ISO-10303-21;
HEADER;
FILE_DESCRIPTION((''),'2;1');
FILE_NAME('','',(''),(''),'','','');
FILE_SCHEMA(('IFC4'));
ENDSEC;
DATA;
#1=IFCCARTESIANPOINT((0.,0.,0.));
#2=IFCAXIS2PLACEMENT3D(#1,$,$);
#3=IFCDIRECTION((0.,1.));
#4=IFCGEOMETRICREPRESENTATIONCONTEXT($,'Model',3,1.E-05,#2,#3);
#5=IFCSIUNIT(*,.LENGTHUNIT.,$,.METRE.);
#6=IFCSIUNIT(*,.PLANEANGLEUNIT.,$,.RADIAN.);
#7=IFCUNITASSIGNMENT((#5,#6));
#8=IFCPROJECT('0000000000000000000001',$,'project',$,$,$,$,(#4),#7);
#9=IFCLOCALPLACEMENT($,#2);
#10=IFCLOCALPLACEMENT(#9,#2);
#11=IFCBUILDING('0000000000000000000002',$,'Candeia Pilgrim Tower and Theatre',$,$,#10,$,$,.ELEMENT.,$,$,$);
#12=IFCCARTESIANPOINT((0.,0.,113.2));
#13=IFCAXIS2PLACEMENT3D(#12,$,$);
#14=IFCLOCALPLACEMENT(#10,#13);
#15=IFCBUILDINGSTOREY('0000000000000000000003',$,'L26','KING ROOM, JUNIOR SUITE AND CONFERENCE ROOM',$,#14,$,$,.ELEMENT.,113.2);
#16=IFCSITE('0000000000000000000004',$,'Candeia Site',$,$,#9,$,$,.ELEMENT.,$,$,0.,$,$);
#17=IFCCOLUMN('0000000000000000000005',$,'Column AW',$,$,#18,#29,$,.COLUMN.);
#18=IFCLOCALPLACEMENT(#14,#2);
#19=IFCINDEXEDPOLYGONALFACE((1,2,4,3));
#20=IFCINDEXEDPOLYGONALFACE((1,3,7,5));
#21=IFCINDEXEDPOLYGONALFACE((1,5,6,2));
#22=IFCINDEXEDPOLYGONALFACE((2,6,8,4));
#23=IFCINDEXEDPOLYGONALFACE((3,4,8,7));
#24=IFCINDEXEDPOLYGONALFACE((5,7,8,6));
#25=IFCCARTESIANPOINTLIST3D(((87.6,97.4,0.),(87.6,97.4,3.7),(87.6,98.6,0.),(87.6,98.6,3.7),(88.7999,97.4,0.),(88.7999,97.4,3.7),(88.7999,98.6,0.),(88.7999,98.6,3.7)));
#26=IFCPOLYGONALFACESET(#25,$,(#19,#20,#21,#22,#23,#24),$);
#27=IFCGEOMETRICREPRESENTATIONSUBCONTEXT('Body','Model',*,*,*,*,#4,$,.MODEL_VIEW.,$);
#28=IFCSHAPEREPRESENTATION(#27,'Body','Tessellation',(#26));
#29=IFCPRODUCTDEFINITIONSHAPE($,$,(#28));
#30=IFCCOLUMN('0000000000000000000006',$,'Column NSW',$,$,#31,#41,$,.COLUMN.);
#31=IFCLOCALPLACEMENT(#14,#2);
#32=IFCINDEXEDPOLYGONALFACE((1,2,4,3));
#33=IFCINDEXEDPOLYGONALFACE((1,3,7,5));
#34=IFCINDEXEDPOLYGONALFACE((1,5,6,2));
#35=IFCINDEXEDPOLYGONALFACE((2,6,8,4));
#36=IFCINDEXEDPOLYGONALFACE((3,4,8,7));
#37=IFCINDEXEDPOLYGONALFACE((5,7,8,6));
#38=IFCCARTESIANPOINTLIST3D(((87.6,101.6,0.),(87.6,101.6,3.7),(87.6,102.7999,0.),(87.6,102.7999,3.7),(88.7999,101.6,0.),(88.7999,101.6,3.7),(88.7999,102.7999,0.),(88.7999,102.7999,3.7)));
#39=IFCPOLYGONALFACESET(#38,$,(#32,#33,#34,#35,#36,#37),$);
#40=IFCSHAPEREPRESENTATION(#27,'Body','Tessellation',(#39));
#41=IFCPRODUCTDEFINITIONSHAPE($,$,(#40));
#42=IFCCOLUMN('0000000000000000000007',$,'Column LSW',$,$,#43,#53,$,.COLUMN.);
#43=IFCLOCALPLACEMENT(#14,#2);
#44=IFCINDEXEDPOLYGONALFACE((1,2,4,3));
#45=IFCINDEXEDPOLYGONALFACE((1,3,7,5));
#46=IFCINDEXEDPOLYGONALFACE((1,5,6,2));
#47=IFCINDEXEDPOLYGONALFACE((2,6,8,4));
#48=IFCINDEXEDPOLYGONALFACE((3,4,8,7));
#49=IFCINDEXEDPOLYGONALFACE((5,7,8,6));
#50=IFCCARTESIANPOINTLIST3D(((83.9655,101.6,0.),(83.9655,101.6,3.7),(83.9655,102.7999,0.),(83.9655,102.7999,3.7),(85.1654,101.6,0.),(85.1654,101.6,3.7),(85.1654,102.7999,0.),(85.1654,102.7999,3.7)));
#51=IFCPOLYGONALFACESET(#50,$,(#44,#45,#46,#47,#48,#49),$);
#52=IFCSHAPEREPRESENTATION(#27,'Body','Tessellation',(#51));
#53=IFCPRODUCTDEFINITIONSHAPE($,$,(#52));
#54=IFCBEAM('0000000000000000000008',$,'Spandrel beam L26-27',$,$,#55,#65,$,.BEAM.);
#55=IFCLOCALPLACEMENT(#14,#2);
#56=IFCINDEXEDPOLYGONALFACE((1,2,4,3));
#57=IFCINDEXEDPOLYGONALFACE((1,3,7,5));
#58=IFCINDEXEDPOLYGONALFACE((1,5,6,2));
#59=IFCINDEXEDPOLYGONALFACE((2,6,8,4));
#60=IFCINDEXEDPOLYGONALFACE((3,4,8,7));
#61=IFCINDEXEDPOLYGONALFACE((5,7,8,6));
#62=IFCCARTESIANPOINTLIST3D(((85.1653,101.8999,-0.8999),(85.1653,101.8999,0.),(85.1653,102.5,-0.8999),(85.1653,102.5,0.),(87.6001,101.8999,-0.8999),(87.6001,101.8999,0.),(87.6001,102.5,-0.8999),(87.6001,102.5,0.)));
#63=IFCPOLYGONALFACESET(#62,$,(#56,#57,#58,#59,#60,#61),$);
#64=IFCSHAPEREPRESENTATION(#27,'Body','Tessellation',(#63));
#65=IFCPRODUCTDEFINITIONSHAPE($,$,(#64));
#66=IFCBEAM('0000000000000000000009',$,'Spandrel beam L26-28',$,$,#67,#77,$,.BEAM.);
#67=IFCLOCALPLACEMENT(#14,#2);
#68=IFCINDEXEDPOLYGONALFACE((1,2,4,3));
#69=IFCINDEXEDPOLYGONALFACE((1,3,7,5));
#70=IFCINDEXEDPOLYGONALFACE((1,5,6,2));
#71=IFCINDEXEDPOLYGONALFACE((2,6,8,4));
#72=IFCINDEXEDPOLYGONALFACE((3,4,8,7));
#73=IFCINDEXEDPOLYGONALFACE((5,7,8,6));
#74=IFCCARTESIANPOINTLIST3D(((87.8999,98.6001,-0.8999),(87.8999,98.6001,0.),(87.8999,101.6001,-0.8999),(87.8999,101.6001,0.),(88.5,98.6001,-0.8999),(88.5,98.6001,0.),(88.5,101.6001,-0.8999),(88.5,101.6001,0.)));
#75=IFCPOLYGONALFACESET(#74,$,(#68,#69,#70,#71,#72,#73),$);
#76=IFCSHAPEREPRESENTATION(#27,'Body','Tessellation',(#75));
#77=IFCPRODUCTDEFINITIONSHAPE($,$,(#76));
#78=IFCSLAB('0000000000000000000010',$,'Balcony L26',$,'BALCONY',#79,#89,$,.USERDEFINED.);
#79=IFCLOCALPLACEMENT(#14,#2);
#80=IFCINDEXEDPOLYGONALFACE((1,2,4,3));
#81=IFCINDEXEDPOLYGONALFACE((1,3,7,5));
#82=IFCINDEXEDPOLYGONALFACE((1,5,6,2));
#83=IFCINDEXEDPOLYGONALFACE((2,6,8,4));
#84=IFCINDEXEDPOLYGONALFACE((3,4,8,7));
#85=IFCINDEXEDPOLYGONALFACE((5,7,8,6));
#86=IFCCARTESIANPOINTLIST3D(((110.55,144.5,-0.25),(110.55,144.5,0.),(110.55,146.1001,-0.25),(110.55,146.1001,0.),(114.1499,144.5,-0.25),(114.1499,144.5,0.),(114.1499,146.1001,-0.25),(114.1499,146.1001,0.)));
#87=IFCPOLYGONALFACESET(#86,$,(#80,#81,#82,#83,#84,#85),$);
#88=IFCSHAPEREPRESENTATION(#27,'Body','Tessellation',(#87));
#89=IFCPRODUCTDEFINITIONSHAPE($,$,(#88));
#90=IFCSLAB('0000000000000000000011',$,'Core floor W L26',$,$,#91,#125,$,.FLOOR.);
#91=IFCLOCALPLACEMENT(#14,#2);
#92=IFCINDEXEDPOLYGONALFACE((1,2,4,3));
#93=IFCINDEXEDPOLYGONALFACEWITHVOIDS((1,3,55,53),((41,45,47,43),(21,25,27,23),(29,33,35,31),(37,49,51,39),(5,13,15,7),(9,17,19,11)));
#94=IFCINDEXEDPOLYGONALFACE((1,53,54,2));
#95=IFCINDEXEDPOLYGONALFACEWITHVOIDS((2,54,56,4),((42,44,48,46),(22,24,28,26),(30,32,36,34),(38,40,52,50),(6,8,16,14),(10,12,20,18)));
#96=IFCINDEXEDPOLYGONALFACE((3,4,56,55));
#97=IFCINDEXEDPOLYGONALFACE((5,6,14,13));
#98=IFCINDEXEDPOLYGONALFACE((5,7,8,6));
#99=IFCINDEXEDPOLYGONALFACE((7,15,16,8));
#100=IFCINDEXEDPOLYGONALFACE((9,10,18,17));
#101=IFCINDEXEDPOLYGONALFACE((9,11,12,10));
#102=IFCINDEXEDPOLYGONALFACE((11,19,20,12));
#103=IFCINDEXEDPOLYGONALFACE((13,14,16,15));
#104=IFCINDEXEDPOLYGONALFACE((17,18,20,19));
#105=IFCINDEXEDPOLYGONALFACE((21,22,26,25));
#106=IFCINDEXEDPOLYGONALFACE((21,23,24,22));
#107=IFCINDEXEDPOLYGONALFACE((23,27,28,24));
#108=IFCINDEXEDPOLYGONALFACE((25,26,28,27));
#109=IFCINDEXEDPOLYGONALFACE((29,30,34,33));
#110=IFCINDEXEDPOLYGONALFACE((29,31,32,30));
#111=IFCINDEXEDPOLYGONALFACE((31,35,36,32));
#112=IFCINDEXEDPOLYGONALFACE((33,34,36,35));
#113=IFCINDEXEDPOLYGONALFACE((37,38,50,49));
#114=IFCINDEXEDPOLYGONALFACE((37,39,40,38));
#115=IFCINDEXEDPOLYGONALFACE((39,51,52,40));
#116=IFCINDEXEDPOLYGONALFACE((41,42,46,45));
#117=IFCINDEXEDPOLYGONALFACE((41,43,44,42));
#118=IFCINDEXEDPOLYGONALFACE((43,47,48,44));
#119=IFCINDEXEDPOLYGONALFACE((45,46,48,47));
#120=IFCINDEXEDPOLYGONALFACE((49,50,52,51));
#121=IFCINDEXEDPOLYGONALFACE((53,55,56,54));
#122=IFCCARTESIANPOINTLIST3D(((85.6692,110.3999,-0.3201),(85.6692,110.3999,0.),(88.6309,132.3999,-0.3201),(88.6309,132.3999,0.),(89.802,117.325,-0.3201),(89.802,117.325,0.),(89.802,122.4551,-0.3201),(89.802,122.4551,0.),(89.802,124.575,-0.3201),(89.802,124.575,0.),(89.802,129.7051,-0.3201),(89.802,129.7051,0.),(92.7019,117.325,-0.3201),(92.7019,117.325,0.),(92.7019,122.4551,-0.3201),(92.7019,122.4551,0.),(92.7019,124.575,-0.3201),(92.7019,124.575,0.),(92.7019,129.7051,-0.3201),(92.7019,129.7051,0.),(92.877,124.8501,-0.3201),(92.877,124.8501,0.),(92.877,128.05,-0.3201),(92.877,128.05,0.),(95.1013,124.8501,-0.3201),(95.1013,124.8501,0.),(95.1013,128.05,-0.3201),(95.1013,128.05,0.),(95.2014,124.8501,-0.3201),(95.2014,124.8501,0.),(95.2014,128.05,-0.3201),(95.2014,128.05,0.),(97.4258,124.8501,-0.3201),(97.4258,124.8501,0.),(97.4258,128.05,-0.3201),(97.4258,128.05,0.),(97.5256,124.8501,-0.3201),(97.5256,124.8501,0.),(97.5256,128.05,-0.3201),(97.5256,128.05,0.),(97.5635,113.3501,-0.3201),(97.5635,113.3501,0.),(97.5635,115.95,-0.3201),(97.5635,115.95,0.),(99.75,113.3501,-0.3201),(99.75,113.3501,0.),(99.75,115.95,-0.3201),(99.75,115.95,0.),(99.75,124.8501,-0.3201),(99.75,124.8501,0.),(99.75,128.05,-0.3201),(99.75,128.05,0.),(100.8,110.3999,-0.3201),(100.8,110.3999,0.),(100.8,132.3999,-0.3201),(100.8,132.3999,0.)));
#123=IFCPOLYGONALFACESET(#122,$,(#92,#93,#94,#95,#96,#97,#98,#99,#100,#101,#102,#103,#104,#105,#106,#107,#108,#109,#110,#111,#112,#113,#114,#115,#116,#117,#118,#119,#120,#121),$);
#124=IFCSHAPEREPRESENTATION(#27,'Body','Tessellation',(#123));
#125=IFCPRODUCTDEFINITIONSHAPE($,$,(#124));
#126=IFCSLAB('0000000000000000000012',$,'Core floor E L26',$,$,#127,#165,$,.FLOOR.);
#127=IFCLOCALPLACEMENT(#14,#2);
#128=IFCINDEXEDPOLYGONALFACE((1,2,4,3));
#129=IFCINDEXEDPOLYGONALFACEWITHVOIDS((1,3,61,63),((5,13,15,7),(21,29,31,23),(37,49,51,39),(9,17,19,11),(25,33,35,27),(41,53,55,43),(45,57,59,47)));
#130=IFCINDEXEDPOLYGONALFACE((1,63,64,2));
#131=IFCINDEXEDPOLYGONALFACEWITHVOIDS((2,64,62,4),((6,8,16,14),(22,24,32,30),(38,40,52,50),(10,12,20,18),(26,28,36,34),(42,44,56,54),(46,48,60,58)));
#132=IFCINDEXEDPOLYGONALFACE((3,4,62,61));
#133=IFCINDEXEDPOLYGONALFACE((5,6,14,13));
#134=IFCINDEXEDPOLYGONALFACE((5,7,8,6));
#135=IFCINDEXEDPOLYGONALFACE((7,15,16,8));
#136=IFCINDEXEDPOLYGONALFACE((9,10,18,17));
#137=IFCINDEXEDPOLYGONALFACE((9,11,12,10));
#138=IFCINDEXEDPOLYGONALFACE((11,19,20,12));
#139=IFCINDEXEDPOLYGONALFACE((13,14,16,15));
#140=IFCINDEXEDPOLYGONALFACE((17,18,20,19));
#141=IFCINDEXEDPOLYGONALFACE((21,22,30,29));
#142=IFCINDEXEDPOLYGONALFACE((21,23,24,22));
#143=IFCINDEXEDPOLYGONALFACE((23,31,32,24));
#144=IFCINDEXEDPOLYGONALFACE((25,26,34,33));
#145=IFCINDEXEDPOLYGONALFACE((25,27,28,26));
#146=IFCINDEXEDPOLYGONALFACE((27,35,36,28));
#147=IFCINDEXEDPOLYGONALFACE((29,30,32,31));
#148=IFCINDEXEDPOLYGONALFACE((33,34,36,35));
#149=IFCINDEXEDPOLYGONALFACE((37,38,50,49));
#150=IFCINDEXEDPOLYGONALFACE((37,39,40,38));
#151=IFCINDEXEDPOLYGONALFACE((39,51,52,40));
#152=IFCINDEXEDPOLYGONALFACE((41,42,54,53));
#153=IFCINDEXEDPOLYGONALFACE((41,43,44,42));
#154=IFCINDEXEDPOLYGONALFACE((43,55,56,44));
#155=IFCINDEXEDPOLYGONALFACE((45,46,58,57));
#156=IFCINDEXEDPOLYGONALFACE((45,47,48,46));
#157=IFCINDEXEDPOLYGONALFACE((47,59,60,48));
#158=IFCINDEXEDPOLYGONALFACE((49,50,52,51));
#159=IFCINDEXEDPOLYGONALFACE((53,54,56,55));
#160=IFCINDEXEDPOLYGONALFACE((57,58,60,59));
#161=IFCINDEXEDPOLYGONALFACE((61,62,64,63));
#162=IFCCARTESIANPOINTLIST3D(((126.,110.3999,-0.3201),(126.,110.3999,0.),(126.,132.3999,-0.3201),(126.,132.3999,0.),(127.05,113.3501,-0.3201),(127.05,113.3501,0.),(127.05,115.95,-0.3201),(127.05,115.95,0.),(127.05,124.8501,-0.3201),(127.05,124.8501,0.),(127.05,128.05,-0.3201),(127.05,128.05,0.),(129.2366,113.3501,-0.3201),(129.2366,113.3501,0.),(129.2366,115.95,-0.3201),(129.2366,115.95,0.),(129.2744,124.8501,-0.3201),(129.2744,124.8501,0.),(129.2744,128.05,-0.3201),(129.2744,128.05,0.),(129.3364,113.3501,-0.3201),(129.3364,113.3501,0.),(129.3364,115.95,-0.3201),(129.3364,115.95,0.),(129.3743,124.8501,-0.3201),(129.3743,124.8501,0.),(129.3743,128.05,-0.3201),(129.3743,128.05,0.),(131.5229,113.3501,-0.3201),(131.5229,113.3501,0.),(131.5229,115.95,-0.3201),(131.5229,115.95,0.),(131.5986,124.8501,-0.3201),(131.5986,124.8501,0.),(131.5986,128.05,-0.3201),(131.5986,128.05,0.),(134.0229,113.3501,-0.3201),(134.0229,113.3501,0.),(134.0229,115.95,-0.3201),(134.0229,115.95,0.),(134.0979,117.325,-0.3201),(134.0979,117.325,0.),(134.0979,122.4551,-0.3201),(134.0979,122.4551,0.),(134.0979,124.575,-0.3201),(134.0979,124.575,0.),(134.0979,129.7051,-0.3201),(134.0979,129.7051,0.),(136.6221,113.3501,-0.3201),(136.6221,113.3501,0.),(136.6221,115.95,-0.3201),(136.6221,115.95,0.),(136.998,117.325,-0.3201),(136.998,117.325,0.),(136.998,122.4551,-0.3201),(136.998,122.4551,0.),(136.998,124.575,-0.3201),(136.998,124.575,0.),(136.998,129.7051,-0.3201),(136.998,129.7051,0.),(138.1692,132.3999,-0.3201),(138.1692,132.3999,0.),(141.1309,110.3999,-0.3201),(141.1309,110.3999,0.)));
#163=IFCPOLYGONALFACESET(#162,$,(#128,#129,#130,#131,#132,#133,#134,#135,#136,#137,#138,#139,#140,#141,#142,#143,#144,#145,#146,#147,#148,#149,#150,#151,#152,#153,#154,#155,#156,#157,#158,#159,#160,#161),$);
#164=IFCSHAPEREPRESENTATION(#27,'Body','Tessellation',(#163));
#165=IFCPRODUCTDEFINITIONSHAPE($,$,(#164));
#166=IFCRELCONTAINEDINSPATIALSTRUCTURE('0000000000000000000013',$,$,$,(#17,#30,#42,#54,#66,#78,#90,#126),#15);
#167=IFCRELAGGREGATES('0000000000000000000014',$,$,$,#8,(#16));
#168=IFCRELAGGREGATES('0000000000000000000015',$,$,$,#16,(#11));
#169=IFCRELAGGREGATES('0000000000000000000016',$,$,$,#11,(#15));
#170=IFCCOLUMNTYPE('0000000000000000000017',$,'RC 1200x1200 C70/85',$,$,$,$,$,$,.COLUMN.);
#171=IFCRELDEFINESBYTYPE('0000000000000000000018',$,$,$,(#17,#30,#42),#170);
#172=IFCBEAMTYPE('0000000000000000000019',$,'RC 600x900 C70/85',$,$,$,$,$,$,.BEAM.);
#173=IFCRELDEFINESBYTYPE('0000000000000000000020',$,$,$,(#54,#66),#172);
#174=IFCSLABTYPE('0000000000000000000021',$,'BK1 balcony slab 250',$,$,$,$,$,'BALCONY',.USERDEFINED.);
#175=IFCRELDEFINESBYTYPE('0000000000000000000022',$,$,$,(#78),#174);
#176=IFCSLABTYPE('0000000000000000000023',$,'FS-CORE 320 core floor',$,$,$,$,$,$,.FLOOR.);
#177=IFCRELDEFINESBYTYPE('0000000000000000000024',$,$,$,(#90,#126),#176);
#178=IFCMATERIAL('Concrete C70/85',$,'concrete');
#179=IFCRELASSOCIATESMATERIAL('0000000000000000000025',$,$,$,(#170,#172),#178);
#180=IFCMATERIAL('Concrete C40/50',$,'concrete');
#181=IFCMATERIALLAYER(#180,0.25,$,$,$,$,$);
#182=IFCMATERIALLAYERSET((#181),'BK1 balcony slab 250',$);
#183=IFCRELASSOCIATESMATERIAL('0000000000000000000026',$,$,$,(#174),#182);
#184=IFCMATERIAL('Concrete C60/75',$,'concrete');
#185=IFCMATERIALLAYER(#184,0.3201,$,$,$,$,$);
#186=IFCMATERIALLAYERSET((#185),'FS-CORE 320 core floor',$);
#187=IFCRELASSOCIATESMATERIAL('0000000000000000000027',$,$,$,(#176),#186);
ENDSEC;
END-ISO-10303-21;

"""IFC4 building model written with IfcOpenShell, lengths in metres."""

from ifc_helpers import new_model, si_unit, direction, frame, origin, origin_2d, place, context, subcontext, project, spatial, polyline, rectangle, outline, extrude, material, layer, layer_set, material_profile, profile_set, type_object, element, save


model = new_model("IFC4")

# Units and contexts
model_context = context("Model", 3, precision=1e-05, world=origin(), true_north=direction((0.0, 1.0)))
body_context = subcontext(model_context, "Body", "Model", "MODEL_VIEW")
ifc_project = project(units=[si_unit("LENGTHUNIT", "METRE"), si_unit("PLANEANGLEUNIT", "RADIAN")], contexts=[model_context])

# Site, building, storey
site_placement = place(None, origin())
site = spatial("IfcSite", under=ifc_project, at=site_placement, Name="Candeia Site", CompositionType="ELEMENT", RefElevation=0.0)
building_placement = place(site_placement, origin())
building = spatial("IfcBuilding", under=site, at=building_placement, Name="Candeia Pilgrim Tower and Theatre", CompositionType="ELEMENT")
storey_placement = place(building_placement, frame((0.0, 0.0, 113.2)))
storey = spatial("IfcBuildingStorey", under=building, at=storey_placement, Name="L26", Description="KING ROOM, JUNIOR SUITE AND CONFERENCE ROOM", CompositionType="ELEMENT", Elevation=113.2)

# Columns
ifc_material_1 = material(Name="Concrete C70/85", Category="concrete")
ifc_material_profile_1 = material_profile(ifc_material_1, rectangle(XDim=1.2, YDim=1.2, at=origin_2d()))
ifc_profile_set_1 = profile_set([ifc_material_profile_1], Name="Concrete C70/85")
column_type = type_object("IfcColumnType", Name="RC 1200x1200 C70/85", PredefinedType="COLUMN", material=ifc_profile_set_1)
for number, where, z_axis, x_axis, name in (
    (1, (88.2, 98.0, 0.0), (0.0, 0.0, 1.0), (1.0, 0.0, 0.0), "Column AW"),
    (2, (88.2, 102.2, 0.0), (0.0, 0.0, 1.0), (1.0, 0.0, 0.0), "Column NSW"),
    (3, (84.5654, 102.2, 0.0), (0.0, 0.0, 1.0), (1.0, 0.0, 0.0), "Column LSW"),
):
    element("IfcColumn", number, at=place(storey_placement, frame(where, z_axis=z_axis, x_axis=x_axis)), inside=storey, type_object=column_type, Name=name, PredefinedType="COLUMN", context=body_context, shape_type="SweptSolid", body=[
        extrude(rectangle(XDim=1.2, YDim=1.2, at=origin_2d()), origin(), (0.0, 0.0, 1.0), 3.7),
    ])

# Beams
ifc_material_profile_2 = material_profile(ifc_material_1, rectangle(XDim=0.6001, YDim=0.8999, at=origin_2d()))
ifc_profile_set_2 = profile_set([ifc_material_profile_2], Name="Concrete C70/85")
beam_type = type_object("IfcBeamType", Name="RC 600x900 C70/85", PredefinedType="BEAM", material=ifc_profile_set_2)
beam_1_placement = place(storey_placement, frame((85.1653, 102.2, -0.45), z_axis=(1.0, 0.0, 0.0), x_axis=(0.0, 1.0, 0.0)))
element("IfcBeam", 4, at=beam_1_placement, inside=storey, type_object=beam_type, Name="Spandrel beam L26-27", PredefinedType="BEAM", context=body_context, shape_type="SweptSolid", body=[
    extrude(rectangle(XDim=0.6001, YDim=0.8999, at=origin_2d()), origin(), (0.0, 0.0, 1.0), 2.4348),
])
beam_2_placement = place(storey_placement, frame((88.2, 101.6001, -0.45), z_axis=(0.0, -1.0, 0.0), x_axis=(1.0, 0.0, 0.0)))
element("IfcBeam", 5, at=beam_2_placement, inside=storey, type_object=beam_type, Name="Spandrel beam L26-28", PredefinedType="BEAM", context=body_context, shape_type="SweptSolid", body=[
    extrude(rectangle(XDim=0.6001, YDim=0.8999, at=origin_2d()), origin(), (0.0, 0.0, 1.0), 3.0),
])

# Slabs
ifc_material_2 = material(Name="Concrete C40/50", Category="concrete")
ifc_layer_1 = layer(ifc_material_2, 0.25)
ifc_layer_set_1 = layer_set([ifc_layer_1], Name="BK1 balcony slab 250")
slab_type_1 = type_object("IfcSlabType", Name="BK1 balcony slab 250", ElementType="BALCONY", PredefinedType="USERDEFINED", material=ifc_layer_set_1)
slab_1_placement = place(storey_placement, frame((0.0, 0.0, -0.25)))
element("IfcSlab", 6, at=slab_1_placement, inside=storey, type_object=slab_type_1, Name="Balcony L26", ObjectType="BALCONY", PredefinedType="USERDEFINED", context=body_context, shape_type="SweptSolid", body=[
    extrude(outline(polyline([(110.55, 144.5), (114.1499, 144.5), (114.1499, 146.1001), (110.55, 146.1001), (110.55, 144.5)])), origin(), (0.0, 0.0, 1.0), 0.25),
])
ifc_material_3 = material(Name="Concrete C60/75", Category="concrete")
ifc_layer_2 = layer(ifc_material_3, 0.3201)
ifc_layer_set_2 = layer_set([ifc_layer_2], Name="FS-CORE 320 core floor")
slab_type_2 = type_object("IfcSlabType", Name="FS-CORE 320 core floor", PredefinedType="FLOOR", material=ifc_layer_set_2)
slab_2_placement = place(storey_placement, frame((0.0, 0.0, -0.3201)))
element("IfcSlab", 7, at=slab_2_placement, inside=storey, type_object=slab_type_2, Name="Core floor W L26", PredefinedType="FLOOR", context=body_context, shape_type="SweptSolid", body=[
    extrude(outline(polyline([(100.8, 132.3999), (100.8, 110.3999), (85.6692, 110.3999), (88.6309, 132.3999), (100.8, 132.3999)]), holes=[polyline([(97.5256, 128.05), (97.5256, 124.8501), (99.75, 124.8501), (99.75, 128.05), (97.5256, 128.05)]), polyline([(97.5635, 113.3501), (99.75, 113.3501), (99.75, 115.95), (97.5635, 115.95), (97.5635, 113.3501)]), polyline([(95.2014, 124.8501), (97.4258, 124.8501), (97.4258, 128.05), (95.2014, 128.05), (95.2014, 124.8501)]), polyline([(92.877, 128.05), (92.877, 124.8501), (95.1013, 124.8501), (95.1013, 128.05), (92.877, 128.05)]), polyline([(89.802, 122.4551), (89.802, 117.325), (92.7019, 117.325), (92.7019, 122.4551), (89.802, 122.4551)]), polyline([(89.802, 129.7051), (89.802, 124.575), (92.7019, 124.575), (92.7019, 129.7051), (89.802, 129.7051)])]), origin(), (0.0, 0.0, 1.0), 0.3201),
])
slab_3_placement = place(storey_placement, frame((0.0, 0.0, -0.3201)))
element("IfcSlab", 8, at=slab_3_placement, inside=storey, type_object=slab_type_2, Name="Core floor E L26", PredefinedType="FLOOR", context=body_context, shape_type="SweptSolid", body=[
    extrude(outline(polyline([(138.1692, 132.3999), (141.1309, 110.3999), (126.0, 110.3999), (126.0, 132.3999), (138.1692, 132.3999)]), holes=[polyline([(134.0979, 122.4551), (134.0979, 117.325), (136.998, 117.325), (136.998, 122.4551), (134.0979, 122.4551)]), polyline([(134.0979, 129.7051), (134.0979, 124.575), (136.998, 124.575), (136.998, 129.7051), (134.0979, 129.7051)]), polyline([(136.6221, 115.95), (134.0229, 115.95), (134.0229, 113.3501), (136.6221, 113.3501), (136.6221, 115.95)]), polyline([(131.5986, 128.05), (129.3743, 128.05), (129.3743, 124.8501), (131.5986, 124.8501), (131.5986, 128.05)]), polyline([(131.5229, 115.95), (129.3364, 115.95), (129.3364, 113.3501), (131.5229, 113.3501), (131.5229, 115.95)]), polyline([(129.2744, 128.05), (127.05, 128.05), (127.05, 124.8501), (129.2744, 124.8501), (129.2744, 128.05)]), polyline([(127.05, 115.95), (127.05, 113.3501), (129.2366, 113.3501), (129.2366, 115.95), (127.05, 115.95)])]), origin(), (0.0, 0.0, 1.0), 0.3201),
])

save(model, "model.ifc")
